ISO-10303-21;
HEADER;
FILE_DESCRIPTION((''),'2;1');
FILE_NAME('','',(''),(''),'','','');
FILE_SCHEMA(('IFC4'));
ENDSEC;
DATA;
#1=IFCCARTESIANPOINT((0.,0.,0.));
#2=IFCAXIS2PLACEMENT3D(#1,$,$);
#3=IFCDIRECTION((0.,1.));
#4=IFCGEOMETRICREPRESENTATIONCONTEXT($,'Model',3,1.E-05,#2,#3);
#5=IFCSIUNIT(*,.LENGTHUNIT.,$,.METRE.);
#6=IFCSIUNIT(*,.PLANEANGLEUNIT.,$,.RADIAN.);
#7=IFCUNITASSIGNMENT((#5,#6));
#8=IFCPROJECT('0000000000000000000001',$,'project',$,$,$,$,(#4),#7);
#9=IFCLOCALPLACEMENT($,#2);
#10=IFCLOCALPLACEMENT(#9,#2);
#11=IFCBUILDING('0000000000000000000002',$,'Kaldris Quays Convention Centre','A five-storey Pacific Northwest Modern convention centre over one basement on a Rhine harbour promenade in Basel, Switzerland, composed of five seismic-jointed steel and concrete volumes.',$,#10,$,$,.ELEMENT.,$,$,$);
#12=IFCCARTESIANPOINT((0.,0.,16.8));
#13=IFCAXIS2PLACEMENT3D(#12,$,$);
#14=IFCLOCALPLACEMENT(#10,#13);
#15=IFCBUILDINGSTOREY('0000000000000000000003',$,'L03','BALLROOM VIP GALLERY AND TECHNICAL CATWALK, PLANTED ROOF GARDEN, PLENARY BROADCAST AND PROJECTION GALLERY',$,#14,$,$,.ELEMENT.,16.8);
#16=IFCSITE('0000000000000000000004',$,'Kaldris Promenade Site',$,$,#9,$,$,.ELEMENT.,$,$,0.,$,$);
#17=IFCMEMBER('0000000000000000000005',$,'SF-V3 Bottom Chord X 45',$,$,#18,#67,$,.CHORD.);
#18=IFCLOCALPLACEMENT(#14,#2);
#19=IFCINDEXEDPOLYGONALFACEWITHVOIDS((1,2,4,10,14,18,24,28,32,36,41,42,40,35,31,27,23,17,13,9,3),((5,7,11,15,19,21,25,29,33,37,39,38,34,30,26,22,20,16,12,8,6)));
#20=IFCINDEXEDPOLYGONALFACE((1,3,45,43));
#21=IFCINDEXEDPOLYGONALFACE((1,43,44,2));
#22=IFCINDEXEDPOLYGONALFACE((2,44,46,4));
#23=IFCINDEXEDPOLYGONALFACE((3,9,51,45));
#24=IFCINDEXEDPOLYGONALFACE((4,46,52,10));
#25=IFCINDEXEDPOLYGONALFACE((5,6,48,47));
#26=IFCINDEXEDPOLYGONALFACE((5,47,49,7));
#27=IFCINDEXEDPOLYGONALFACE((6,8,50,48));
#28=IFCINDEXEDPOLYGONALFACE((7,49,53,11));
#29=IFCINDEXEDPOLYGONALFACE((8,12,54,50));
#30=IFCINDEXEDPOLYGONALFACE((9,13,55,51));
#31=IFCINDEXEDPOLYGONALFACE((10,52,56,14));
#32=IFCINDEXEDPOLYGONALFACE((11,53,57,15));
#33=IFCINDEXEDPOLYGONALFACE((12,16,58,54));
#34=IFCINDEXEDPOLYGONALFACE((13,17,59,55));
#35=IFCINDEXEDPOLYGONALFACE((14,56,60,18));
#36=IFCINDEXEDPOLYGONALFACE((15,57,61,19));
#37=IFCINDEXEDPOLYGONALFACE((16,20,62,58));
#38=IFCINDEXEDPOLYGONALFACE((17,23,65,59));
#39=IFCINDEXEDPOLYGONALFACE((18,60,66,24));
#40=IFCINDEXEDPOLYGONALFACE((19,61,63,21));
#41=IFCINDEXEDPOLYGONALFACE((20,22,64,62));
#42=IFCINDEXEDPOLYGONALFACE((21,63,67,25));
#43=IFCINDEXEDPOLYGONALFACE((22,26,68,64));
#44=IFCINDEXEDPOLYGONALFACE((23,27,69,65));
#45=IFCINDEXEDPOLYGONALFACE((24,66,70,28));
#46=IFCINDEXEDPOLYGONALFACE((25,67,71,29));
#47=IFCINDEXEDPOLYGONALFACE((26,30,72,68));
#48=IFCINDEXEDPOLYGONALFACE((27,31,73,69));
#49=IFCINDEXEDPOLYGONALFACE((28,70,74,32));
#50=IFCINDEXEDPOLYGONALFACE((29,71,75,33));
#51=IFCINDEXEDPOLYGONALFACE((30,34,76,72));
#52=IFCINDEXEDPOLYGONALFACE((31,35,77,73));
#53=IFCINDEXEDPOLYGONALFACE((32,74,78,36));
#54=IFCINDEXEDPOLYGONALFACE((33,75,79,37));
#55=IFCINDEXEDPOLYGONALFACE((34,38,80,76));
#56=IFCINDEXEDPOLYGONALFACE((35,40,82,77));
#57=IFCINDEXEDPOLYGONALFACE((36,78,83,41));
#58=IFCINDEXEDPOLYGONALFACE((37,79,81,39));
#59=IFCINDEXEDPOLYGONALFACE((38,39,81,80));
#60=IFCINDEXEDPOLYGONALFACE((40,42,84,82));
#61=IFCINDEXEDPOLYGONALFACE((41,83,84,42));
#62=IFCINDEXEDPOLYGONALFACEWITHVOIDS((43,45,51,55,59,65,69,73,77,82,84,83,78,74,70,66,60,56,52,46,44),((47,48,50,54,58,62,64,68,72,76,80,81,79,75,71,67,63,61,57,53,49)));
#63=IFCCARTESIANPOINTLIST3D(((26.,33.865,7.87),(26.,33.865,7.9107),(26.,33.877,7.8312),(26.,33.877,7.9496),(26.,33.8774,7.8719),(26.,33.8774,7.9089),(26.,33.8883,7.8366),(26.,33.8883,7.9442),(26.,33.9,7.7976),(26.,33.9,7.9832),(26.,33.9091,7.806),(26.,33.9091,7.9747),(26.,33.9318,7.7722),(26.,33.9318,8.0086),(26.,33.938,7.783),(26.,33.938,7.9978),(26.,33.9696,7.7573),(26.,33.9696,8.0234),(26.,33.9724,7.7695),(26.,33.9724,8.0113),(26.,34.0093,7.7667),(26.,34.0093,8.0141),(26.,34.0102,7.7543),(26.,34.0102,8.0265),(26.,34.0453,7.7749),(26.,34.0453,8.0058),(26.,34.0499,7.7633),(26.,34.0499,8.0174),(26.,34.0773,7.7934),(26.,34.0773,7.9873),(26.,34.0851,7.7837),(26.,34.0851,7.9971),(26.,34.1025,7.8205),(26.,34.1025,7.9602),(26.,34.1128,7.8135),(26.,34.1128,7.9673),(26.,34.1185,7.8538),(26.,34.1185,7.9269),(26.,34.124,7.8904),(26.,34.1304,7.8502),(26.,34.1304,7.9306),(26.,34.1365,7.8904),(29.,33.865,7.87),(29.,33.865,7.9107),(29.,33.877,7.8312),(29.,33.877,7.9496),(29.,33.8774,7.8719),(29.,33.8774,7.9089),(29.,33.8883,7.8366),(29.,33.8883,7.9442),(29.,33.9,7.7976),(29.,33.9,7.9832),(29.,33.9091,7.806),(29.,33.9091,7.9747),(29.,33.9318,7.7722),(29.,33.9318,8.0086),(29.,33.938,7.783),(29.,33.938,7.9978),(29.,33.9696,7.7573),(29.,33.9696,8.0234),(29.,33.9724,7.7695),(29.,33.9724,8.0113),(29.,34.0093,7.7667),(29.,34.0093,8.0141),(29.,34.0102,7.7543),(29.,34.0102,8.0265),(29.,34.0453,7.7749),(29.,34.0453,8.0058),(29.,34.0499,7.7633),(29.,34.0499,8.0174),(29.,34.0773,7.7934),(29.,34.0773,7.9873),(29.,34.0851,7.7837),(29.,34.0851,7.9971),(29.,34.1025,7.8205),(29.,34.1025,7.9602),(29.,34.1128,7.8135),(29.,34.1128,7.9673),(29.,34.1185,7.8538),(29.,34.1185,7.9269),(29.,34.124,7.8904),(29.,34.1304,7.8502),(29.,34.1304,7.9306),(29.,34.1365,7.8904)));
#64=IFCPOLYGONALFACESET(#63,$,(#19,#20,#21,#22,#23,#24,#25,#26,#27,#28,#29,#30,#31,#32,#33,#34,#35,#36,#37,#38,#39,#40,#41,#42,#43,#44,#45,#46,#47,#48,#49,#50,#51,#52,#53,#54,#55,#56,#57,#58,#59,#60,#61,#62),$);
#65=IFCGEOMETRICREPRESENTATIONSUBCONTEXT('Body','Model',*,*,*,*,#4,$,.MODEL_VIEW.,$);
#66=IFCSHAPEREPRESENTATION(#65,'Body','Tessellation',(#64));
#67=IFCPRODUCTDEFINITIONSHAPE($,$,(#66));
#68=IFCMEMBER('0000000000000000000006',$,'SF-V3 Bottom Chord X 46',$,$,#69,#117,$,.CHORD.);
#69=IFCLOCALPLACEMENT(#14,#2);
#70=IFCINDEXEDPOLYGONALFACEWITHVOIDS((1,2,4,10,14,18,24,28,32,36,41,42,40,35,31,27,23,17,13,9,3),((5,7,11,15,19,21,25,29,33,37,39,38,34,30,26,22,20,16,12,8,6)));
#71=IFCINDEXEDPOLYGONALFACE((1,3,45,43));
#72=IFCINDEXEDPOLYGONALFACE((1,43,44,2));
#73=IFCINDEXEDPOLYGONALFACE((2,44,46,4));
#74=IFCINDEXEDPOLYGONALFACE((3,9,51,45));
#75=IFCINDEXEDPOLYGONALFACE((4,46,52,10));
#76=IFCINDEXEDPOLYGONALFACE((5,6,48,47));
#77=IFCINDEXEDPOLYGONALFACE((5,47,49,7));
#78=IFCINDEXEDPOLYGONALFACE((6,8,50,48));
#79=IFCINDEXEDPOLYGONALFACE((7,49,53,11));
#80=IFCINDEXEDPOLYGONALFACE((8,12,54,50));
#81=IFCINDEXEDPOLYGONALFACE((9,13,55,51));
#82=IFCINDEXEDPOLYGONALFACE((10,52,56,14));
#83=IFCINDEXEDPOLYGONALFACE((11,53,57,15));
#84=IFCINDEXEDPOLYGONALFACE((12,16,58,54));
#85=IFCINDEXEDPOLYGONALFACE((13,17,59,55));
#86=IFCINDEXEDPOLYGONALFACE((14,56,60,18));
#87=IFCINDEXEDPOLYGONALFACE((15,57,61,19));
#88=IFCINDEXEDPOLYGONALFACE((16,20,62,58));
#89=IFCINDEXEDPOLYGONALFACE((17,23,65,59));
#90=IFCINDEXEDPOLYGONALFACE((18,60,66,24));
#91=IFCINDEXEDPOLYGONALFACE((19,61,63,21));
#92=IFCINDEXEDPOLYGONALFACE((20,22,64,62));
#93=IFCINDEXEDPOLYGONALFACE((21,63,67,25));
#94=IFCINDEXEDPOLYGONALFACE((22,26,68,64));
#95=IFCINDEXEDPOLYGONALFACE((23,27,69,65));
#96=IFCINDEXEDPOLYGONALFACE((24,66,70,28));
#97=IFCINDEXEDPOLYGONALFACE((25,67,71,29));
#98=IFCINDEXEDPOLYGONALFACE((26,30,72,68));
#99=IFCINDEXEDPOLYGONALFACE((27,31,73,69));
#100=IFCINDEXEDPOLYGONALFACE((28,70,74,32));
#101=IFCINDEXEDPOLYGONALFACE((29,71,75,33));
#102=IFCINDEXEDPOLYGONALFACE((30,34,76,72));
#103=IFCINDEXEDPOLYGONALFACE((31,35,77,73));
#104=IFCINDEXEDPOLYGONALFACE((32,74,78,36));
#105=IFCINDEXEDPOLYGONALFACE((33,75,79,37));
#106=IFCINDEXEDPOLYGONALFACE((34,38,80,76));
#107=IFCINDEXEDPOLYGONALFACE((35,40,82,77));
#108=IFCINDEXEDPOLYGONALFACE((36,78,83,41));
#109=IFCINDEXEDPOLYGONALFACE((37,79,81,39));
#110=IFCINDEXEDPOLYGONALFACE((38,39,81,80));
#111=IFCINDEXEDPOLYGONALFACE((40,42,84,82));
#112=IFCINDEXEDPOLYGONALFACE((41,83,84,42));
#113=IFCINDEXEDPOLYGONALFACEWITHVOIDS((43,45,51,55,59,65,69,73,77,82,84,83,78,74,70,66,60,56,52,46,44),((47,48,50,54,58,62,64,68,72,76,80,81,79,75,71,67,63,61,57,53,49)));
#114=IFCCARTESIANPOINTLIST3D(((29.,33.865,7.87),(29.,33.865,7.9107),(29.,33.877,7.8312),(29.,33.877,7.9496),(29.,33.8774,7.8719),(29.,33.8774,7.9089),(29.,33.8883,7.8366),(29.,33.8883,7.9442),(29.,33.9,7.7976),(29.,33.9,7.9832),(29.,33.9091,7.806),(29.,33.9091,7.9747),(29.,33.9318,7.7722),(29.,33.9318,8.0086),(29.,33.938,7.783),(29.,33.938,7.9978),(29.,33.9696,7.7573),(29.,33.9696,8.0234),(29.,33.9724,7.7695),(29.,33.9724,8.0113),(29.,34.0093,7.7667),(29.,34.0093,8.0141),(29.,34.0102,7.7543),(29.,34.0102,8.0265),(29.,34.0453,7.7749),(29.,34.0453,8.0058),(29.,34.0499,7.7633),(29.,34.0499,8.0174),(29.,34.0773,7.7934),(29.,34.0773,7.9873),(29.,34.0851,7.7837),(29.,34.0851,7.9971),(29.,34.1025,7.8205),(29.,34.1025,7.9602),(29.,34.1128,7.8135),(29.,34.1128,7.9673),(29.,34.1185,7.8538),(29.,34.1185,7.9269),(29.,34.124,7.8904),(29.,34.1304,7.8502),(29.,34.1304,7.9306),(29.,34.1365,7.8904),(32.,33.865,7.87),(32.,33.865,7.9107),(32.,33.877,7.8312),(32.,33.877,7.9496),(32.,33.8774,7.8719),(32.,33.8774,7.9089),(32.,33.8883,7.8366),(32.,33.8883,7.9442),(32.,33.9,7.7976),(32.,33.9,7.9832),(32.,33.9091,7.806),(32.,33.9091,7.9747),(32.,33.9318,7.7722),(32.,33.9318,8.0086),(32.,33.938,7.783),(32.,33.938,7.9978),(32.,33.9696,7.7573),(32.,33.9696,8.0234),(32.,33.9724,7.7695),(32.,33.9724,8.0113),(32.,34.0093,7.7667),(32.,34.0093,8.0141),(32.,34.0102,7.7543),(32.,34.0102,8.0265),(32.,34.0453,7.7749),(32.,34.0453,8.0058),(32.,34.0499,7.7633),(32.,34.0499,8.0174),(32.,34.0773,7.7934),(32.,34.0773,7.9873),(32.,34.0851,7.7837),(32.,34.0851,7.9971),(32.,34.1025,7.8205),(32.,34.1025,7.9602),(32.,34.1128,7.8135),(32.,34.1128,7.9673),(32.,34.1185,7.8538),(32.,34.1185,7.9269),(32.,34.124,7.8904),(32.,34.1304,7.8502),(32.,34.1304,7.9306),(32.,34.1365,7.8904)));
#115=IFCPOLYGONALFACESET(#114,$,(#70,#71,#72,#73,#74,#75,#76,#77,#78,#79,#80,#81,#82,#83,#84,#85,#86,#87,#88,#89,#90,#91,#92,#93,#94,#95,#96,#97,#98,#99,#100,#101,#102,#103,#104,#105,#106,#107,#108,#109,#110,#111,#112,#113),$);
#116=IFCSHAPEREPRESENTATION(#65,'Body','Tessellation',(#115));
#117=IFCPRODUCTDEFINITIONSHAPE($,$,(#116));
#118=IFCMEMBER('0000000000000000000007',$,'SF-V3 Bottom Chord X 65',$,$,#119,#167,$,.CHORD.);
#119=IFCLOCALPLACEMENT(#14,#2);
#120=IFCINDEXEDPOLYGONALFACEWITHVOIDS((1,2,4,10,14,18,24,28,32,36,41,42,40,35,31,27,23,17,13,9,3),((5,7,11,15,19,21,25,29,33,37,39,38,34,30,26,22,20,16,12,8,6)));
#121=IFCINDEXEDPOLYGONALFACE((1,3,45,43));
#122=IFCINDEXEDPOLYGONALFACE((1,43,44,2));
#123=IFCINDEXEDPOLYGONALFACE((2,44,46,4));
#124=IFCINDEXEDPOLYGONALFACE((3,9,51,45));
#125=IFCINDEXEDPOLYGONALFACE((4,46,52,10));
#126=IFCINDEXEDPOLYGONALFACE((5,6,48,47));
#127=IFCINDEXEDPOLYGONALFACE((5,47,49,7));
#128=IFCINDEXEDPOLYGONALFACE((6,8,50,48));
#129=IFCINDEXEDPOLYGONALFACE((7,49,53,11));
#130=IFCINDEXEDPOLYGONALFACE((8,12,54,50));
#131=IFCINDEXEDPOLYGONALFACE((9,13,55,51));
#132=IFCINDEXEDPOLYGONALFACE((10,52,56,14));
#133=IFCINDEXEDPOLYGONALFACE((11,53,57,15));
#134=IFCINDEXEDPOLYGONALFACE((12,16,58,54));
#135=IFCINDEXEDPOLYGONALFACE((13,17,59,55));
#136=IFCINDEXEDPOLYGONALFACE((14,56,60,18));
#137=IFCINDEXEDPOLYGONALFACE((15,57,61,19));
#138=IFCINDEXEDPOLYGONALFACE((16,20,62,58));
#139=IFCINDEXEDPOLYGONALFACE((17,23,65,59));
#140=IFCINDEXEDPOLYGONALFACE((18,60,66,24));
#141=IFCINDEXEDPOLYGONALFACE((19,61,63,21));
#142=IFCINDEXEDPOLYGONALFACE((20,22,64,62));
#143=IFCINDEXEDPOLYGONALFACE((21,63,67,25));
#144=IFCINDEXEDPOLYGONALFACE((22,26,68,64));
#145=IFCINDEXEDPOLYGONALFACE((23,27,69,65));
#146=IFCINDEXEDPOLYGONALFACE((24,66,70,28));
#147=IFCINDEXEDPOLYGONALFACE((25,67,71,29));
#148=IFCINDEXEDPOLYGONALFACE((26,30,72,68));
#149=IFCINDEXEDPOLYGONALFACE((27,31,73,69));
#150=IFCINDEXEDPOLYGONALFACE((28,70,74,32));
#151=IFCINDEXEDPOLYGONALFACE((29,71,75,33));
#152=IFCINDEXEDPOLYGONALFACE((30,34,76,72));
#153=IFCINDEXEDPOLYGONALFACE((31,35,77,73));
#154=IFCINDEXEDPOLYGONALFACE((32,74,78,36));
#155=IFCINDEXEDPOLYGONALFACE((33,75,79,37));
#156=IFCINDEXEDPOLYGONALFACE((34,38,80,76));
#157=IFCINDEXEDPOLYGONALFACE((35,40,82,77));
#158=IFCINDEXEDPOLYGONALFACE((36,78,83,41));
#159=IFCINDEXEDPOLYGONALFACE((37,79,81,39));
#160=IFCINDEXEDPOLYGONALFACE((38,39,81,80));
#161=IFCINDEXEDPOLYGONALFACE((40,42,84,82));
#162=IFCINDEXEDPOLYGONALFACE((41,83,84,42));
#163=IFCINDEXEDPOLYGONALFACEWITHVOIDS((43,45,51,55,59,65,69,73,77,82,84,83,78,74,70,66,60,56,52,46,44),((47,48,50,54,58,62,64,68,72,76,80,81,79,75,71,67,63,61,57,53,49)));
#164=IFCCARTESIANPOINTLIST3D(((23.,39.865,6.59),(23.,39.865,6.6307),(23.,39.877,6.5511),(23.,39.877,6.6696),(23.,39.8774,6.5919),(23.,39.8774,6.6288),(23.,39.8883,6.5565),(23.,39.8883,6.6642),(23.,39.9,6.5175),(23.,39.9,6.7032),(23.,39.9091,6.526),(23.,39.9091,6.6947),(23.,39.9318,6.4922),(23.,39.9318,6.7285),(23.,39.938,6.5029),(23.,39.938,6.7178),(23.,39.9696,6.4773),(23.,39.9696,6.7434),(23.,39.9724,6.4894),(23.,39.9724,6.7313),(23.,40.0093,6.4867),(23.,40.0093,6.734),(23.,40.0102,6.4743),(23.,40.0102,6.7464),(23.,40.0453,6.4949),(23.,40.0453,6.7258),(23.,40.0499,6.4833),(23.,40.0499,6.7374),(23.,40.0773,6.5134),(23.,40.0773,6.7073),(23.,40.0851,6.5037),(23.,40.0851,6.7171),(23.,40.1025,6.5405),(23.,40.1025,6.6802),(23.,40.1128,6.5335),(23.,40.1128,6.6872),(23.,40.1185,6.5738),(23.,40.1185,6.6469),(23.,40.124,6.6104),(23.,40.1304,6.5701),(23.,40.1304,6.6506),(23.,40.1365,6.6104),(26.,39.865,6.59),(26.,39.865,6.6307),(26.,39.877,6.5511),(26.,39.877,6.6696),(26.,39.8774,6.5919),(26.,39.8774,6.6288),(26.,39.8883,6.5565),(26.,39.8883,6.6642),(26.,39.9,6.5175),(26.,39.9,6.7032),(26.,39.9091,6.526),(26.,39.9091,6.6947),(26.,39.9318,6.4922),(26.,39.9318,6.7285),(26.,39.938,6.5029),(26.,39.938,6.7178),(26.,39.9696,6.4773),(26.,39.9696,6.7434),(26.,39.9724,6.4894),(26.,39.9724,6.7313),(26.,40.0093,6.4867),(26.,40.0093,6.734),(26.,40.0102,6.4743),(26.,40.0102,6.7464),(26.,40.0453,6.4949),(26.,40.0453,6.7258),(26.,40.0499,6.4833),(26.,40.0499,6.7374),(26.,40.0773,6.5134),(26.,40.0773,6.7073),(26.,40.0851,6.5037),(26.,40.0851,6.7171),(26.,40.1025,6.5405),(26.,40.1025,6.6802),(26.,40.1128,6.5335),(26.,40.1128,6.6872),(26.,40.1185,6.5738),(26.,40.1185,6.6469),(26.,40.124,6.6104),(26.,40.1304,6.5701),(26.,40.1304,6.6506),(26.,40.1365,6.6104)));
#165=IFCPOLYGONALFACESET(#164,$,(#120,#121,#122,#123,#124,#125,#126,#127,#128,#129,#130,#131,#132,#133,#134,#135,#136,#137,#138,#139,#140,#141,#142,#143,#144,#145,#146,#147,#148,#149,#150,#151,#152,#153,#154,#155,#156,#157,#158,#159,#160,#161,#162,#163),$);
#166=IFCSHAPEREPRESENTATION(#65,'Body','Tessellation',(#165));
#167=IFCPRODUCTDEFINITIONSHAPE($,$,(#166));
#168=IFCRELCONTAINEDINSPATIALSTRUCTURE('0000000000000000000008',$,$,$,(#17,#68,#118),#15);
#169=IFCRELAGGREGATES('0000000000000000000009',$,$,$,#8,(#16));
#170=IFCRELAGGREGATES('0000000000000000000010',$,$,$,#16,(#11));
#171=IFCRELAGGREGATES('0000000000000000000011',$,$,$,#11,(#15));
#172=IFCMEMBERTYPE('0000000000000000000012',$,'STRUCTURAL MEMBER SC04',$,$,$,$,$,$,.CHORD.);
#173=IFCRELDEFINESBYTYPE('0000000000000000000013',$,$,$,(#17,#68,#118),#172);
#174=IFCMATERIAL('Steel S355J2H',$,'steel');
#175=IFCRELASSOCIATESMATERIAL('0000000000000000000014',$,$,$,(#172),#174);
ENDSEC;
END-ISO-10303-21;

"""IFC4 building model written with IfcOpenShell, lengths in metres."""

from ifc_helpers import new_model, si_unit, direction, frame, origin, origin_2d, place, context, subcontext, project, spatial, hollow_circle, extrude, material, material_profile, profile_set, type_object, element, save


model = new_model("IFC4")

# Units and contexts
model_context = context("Model", 3, precision=1e-05, world=origin(), true_north=direction((0.0, 1.0)))
body_context = subcontext(model_context, "Body", "Model", "MODEL_VIEW")
ifc_project = project(units=[si_unit("LENGTHUNIT", "METRE"), si_unit("PLANEANGLEUNIT", "RADIAN")], contexts=[model_context])

# Site, building, storey
site_placement = place(None, origin())
site = spatial("IfcSite", under=ifc_project, at=site_placement, Name="Kaldris Promenade Site", CompositionType="ELEMENT", RefElevation=0.0)
building_placement = place(site_placement, origin())
building = spatial("IfcBuilding", under=site, at=building_placement, Name="Kaldris Quays Convention Centre", Description="A five-storey Pacific Northwest Modern convention centre over one basement on a Rhine harbour promenade in Basel, Switzerland, composed of five seismic-jointed steel and concrete volumes.", CompositionType="ELEMENT")
storey_placement = place(building_placement, frame((0.0, 0.0, 16.8)))
storey = spatial("IfcBuildingStorey", under=building, at=storey_placement, Name="L03", Description="BALLROOM VIP GALLERY AND TECHNICAL CATWALK, PLANTED ROOF GARDEN, PLENARY BROADCAST AND PROJECTION GALLERY", CompositionType="ELEMENT", Elevation=16.8)

# Members
ifc_material_1 = material(Name="Steel S355J2H", Category="steel")
ifc_material_profile_1 = material_profile(ifc_material_1, hollow_circle(Radius=0.1365, WallThickness=0.0125, at=origin_2d()), Name="CHS 273x12.5")
ifc_profile_set_1 = profile_set([ifc_material_profile_1], Name="Steel S355J2H")
member_type_1 = type_object("IfcMemberType", Name="STRUCTURAL MEMBER SC04", PredefinedType="CHORD", material=ifc_profile_set_1)
for number, where, z_axis, x_axis, name in (
    (1, (26.0, 34.0, 7.8904), (1.0, 0.0, 0.0), (0.0, 1.0, 0.0), "SF-V3 Bottom Chord X 45"),
    (2, (29.0, 34.0, 7.8904), (1.0, 0.0, 0.0), (0.0, 1.0, 0.0), "SF-V3 Bottom Chord X 46"),
    (3, (23.0, 40.0, 6.6104), (1.0, 0.0, 0.0), (0.0, 1.0, 0.0), "SF-V3 Bottom Chord X 65"),
):
    element("IfcMember", number, at=place(storey_placement, frame(where, z_axis=z_axis, x_axis=x_axis)), inside=storey, type_object=member_type_1, Name=name, PredefinedType="CHORD", context=body_context, shape_type="SweptSolid", body=[
        extrude(hollow_circle(Radius=0.1365, WallThickness=0.0125, at=origin_2d()), origin(), (0.0, 0.0, 1.0), 3.0),
    ])

save(model, "model.ifc")
